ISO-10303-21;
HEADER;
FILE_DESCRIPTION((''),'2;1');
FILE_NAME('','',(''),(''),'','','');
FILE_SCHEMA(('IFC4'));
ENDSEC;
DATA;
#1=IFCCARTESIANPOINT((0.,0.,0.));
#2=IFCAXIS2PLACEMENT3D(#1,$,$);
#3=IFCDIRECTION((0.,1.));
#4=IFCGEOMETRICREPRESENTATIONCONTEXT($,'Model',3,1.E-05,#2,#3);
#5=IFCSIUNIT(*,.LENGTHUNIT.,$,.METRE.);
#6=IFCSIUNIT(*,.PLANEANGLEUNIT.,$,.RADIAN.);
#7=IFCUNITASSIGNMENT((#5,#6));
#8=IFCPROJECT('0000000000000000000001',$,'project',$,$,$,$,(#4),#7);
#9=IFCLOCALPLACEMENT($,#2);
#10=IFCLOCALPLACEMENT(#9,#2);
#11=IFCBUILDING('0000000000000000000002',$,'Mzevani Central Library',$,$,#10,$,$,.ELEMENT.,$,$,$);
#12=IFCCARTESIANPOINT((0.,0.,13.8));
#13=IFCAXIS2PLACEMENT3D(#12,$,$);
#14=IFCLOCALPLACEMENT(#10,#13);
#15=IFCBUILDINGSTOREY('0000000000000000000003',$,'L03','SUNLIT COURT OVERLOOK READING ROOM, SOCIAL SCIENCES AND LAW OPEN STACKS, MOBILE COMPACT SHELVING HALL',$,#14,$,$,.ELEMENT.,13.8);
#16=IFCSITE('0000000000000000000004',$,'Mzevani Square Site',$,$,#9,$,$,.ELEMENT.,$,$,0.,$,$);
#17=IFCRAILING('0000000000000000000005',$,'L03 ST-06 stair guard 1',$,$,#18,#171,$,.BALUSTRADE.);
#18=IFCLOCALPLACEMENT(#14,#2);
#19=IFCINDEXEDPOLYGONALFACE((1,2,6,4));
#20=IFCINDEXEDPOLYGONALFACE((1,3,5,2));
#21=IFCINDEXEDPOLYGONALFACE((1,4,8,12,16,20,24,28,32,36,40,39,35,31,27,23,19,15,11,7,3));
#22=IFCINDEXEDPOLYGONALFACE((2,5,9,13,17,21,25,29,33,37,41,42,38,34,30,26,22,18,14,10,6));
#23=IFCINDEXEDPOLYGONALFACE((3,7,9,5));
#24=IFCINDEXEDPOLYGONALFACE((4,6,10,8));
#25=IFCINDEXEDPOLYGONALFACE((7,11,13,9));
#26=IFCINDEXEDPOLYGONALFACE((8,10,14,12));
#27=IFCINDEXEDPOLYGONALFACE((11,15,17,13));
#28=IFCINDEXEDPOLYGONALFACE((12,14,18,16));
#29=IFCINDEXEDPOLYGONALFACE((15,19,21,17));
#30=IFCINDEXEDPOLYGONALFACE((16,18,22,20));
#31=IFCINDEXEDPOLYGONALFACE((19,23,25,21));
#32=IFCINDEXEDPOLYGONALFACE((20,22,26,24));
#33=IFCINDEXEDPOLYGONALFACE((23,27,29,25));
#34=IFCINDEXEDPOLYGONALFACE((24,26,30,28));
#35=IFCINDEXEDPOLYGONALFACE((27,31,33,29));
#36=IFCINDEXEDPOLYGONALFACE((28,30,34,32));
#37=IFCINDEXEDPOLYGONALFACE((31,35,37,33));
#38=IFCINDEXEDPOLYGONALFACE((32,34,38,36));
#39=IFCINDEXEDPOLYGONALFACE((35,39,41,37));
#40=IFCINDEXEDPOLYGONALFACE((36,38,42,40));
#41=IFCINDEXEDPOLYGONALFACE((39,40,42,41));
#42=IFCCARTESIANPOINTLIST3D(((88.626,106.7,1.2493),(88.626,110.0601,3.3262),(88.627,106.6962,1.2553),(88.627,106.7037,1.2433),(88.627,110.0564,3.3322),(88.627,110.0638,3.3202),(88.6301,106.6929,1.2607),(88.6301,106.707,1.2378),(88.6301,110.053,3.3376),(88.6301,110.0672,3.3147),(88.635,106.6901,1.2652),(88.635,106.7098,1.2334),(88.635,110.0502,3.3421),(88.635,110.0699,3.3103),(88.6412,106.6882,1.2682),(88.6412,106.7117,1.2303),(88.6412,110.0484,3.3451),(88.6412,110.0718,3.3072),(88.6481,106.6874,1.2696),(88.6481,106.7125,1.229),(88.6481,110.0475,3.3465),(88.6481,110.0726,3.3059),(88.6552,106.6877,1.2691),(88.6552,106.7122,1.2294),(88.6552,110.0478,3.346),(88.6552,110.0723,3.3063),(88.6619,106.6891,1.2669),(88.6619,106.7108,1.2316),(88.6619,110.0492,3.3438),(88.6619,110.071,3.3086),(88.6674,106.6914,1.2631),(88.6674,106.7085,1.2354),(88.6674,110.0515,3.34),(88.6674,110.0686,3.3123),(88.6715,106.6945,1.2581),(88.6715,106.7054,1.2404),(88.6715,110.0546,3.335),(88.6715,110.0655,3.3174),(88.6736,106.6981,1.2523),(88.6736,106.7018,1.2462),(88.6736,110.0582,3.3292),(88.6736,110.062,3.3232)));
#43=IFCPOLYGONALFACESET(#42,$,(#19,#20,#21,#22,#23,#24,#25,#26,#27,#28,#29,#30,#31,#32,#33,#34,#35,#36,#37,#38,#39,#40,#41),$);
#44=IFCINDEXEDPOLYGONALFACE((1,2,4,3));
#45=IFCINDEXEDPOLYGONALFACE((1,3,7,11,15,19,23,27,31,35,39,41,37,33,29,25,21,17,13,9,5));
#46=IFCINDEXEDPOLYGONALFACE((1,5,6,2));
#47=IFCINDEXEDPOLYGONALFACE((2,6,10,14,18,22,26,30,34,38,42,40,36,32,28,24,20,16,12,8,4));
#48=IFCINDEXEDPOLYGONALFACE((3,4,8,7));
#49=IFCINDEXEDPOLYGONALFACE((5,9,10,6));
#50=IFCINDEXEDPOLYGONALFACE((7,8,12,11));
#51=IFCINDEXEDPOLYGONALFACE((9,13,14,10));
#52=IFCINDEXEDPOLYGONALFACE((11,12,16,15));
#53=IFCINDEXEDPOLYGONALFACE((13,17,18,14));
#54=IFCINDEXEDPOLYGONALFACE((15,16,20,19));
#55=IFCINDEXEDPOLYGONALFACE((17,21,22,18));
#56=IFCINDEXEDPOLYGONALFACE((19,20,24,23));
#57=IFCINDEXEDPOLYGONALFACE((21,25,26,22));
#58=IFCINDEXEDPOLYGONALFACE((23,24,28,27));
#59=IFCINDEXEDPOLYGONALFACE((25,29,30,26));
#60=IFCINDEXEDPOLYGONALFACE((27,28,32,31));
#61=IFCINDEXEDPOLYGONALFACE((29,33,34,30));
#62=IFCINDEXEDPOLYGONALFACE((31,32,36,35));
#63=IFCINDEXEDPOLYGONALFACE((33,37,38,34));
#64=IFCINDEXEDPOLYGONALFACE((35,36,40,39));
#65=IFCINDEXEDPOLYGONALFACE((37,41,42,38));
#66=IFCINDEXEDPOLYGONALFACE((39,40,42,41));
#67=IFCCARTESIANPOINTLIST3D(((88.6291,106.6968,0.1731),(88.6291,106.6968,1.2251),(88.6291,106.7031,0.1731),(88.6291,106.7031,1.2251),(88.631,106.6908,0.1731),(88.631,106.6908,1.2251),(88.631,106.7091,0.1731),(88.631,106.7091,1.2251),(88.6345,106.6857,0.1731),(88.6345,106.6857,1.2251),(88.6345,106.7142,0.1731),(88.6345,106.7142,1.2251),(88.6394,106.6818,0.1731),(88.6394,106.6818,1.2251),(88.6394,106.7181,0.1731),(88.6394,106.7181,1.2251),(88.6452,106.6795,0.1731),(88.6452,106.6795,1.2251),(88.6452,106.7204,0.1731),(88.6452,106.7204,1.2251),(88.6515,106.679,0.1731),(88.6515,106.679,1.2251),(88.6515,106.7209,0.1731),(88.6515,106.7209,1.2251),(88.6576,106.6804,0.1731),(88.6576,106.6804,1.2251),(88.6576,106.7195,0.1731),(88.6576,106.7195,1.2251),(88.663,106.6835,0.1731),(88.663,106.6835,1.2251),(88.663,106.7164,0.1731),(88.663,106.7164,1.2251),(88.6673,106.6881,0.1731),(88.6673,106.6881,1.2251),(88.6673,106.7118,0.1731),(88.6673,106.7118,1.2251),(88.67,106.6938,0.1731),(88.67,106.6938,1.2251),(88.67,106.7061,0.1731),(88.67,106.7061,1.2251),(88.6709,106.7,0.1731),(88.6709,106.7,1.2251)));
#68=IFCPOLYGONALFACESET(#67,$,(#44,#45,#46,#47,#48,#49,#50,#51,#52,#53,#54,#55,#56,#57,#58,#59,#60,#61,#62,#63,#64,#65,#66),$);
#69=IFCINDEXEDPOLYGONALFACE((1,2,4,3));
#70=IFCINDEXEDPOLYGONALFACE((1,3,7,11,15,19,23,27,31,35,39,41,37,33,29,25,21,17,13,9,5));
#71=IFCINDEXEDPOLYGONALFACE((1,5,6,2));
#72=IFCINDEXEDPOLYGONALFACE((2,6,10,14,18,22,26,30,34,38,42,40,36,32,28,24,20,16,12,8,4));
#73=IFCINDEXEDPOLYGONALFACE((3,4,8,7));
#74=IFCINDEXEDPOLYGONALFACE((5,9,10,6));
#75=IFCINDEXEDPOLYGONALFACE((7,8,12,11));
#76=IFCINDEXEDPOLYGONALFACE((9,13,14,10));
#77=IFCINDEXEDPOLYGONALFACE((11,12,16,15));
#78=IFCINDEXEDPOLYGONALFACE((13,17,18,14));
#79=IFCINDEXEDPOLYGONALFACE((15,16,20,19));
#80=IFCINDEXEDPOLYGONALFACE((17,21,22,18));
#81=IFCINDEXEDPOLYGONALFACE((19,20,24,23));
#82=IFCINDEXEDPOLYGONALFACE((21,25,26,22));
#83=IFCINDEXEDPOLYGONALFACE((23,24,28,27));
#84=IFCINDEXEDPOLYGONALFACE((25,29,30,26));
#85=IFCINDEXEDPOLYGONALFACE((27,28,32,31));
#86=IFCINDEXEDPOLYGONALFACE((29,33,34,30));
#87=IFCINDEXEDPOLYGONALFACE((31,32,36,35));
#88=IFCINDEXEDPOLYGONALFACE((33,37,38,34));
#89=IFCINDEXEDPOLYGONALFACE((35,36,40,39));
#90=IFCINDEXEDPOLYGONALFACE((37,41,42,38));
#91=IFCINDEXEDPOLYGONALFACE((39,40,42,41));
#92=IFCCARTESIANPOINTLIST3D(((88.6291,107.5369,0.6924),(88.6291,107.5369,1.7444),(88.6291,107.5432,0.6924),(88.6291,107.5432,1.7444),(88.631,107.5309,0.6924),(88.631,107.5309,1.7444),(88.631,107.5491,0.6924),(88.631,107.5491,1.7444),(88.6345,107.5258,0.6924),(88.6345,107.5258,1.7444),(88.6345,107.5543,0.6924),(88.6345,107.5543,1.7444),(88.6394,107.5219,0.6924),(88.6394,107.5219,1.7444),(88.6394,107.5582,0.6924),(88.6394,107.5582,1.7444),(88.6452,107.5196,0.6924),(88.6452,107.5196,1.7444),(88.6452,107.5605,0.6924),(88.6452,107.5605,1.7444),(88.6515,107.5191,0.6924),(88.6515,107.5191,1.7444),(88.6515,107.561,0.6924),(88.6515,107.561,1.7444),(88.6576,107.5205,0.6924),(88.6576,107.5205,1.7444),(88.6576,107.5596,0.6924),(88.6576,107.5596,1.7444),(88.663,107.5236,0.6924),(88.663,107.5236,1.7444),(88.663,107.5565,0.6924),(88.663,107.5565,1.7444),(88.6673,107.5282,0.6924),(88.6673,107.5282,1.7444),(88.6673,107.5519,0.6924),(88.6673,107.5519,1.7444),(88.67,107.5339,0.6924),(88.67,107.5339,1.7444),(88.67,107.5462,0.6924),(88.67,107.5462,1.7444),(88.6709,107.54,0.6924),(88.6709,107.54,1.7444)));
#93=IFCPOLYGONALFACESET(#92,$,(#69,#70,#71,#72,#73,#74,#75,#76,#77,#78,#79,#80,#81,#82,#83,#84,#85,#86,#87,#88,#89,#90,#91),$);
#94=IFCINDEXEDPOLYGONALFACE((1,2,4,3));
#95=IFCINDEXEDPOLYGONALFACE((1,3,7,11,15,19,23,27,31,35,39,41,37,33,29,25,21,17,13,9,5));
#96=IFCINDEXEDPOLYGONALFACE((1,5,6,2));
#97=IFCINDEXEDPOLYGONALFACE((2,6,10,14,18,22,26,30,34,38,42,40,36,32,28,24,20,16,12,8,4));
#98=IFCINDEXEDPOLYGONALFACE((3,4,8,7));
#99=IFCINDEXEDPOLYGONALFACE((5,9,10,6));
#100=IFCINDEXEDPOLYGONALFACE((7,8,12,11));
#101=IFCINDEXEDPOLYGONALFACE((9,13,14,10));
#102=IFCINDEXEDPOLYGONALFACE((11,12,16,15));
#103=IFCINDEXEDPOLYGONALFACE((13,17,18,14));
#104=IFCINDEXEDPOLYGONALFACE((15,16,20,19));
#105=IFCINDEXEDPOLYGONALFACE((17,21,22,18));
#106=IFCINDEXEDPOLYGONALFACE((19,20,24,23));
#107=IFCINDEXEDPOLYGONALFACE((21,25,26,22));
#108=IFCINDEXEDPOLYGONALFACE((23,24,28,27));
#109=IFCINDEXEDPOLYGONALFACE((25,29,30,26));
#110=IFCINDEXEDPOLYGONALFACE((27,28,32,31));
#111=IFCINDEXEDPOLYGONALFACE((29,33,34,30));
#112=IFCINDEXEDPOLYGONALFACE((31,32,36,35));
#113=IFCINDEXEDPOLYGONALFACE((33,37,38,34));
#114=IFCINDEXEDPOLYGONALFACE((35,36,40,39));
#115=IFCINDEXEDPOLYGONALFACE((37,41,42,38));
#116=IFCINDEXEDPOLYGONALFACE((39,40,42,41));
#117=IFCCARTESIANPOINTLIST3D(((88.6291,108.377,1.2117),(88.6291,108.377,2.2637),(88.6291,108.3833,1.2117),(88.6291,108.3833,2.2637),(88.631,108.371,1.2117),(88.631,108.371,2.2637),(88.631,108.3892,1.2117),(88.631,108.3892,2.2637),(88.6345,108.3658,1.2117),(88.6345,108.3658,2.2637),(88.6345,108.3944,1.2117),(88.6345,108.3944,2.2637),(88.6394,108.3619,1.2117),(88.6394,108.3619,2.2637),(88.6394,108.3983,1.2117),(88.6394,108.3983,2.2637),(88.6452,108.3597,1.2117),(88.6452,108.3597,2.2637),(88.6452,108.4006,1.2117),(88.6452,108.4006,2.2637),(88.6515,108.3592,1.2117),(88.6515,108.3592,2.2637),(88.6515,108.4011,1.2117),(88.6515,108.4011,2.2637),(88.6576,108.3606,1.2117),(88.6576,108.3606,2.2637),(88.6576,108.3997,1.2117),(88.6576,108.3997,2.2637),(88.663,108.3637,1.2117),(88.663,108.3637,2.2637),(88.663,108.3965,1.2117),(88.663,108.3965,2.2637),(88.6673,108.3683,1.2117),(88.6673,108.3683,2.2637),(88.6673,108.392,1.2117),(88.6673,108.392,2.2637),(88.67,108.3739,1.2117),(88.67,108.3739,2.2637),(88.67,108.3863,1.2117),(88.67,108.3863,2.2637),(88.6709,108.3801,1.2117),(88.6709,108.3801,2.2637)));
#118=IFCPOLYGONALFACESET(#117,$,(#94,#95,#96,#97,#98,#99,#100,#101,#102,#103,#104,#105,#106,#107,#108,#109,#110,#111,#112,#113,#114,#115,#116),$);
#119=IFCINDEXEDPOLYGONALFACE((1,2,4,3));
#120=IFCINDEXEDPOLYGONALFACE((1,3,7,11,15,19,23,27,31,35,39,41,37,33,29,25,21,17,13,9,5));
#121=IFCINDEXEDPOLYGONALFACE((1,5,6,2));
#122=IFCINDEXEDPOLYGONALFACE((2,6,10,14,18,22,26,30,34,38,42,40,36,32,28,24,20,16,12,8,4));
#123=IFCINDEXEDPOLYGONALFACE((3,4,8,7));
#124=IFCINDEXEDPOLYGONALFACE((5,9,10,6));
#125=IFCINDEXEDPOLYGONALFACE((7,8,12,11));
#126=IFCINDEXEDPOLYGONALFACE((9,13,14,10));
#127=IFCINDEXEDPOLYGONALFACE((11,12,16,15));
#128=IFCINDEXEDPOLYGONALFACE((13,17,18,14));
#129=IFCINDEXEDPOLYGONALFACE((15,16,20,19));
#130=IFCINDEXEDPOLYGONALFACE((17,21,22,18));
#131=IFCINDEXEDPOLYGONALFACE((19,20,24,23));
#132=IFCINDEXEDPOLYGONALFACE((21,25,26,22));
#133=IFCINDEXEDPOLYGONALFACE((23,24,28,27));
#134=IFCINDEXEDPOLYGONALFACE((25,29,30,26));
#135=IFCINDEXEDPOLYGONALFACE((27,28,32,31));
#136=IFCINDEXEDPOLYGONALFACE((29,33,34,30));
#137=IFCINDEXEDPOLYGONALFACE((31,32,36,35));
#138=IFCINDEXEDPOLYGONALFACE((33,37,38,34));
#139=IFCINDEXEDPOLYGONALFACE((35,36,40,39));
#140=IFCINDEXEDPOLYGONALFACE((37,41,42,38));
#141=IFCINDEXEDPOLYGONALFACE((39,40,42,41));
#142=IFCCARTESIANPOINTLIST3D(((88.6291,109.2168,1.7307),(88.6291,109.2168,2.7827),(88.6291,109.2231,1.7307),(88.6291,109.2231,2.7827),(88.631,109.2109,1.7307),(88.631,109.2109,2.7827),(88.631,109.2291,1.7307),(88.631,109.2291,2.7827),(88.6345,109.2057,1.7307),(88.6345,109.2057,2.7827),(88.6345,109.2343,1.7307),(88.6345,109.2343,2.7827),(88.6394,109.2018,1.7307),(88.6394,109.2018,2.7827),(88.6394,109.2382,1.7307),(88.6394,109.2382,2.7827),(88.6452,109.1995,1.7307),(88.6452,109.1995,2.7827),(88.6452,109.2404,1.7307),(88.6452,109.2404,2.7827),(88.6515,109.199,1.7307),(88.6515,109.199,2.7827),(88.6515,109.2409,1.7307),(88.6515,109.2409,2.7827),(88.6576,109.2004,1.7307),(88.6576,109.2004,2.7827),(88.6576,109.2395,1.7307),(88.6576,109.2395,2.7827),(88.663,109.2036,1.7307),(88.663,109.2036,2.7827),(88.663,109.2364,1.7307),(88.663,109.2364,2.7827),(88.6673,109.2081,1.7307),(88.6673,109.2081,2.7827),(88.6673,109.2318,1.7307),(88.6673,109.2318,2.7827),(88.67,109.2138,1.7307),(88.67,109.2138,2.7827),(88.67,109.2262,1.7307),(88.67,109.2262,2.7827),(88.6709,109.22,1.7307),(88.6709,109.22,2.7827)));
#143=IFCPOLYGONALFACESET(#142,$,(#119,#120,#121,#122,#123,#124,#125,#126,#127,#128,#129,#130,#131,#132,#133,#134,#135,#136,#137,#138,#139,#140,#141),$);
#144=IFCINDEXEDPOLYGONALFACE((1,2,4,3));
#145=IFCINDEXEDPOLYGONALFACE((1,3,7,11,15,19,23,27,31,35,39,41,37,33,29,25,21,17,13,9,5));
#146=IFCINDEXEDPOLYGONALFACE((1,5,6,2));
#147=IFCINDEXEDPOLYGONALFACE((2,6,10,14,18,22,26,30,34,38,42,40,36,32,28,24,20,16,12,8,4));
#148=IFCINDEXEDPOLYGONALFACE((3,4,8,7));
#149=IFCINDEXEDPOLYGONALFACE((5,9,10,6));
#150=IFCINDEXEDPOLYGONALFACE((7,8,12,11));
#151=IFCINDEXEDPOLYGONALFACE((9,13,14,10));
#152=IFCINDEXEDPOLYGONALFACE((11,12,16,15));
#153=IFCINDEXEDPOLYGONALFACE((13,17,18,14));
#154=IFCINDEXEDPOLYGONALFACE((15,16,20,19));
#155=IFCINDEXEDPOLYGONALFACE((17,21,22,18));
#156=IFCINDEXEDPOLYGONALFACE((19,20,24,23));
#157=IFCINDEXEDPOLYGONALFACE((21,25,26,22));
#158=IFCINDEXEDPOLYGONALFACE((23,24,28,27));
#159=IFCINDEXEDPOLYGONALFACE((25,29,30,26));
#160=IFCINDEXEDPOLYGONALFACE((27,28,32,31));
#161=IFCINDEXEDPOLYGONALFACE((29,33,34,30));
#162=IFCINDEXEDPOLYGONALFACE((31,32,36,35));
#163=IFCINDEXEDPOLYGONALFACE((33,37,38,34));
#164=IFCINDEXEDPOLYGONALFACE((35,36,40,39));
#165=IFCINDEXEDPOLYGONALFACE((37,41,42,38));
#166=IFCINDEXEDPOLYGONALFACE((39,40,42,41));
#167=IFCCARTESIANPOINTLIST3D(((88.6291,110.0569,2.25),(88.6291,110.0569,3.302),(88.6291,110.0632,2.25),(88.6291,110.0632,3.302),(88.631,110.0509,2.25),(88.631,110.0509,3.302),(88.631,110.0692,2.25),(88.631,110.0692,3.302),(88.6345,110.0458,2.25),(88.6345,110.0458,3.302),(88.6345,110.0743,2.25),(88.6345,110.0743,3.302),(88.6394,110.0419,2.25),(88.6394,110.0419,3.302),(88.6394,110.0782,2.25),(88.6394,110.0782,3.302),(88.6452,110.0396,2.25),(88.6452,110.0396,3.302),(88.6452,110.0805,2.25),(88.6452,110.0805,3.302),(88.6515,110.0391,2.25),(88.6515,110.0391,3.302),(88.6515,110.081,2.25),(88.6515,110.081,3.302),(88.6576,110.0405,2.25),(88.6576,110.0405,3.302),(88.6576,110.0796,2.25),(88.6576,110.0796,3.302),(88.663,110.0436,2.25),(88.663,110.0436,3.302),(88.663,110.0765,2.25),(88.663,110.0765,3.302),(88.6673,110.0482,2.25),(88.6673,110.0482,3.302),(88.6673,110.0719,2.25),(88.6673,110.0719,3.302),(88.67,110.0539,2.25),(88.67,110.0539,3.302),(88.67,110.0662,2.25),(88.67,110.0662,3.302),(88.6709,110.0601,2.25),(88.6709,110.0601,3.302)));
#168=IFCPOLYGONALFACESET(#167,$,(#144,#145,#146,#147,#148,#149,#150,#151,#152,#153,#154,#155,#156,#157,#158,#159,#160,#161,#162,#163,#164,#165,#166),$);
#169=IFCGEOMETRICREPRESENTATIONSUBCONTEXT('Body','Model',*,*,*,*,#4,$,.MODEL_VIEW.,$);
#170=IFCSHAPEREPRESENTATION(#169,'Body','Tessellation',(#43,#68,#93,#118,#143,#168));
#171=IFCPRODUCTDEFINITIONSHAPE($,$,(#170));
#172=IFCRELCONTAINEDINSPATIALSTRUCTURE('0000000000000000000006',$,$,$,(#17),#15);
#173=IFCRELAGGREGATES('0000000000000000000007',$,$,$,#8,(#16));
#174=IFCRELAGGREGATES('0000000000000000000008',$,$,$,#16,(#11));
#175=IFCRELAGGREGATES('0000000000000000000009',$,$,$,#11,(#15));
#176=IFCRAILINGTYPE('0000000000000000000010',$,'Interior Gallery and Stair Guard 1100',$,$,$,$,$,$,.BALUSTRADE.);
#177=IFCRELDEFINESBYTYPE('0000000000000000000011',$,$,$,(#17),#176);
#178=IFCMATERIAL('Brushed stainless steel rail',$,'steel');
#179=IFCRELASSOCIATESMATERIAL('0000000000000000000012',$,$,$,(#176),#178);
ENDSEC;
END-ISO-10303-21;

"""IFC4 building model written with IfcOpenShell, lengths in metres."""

from ifc_helpers import new_model, si_unit, direction, frame, origin, origin_2d, place, context, subcontext, project, spatial, circle, extrude, material, type_object, element, save


model = new_model("IFC4")

# Units and contexts
model_context = context("Model", 3, precision=1e-05, world=origin(), true_north=direction((0.0, 1.0)))
body_context = subcontext(model_context, "Body", "Model", "MODEL_VIEW")
ifc_project = project(units=[si_unit("LENGTHUNIT", "METRE"), si_unit("PLANEANGLEUNIT", "RADIAN")], contexts=[model_context])

# Site, building, storey
site_placement = place(None, origin())
site = spatial("IfcSite", under=ifc_project, at=site_placement, Name="Mzevani Square Site", CompositionType="ELEMENT", RefElevation=0.0)
building_placement = place(site_placement, origin())
building = spatial("IfcBuilding", under=site, at=building_placement, Name="Mzevani Central Library", CompositionType="ELEMENT")
storey_placement = place(building_placement, frame((0.0, 0.0, 13.8)))
storey = spatial("IfcBuildingStorey", under=building, at=storey_placement, Name="L03", Description="SUNLIT COURT OVERLOOK READING ROOM, SOCIAL SCIENCES AND LAW OPEN STACKS, MOBILE COMPACT SHELVING HALL", CompositionType="ELEMENT", Elevation=13.8)

# Railing
ifc_material_1 = material(Name="Brushed stainless steel rail", Category="steel")
railing_type_1 = type_object("IfcRailingType", Name="Interior Gallery and Stair Guard 1100", PredefinedType="BALUSTRADE", material=ifc_material_1)
railing_1_placement = place(storey_placement, frame((88.6499, 106.7, 0.1731)))
element("IfcRailing", 1, at=railing_1_placement, inside=storey, type_object=railing_type_1, Name="L03 ST-06 stair guard 1", PredefinedType="BALUSTRADE", context=body_context, shape_type="SweptSolid", body=[
    extrude(circle(Radius=0.0239, at=origin_2d()), frame((0.0, 0.0, 1.0762), z_axis=(0.0, 0.850623, 0.525776), x_axis=(-1.0, 0.0, 0.0)), (0.0, 0.0, 1.0), 3.9502),
    extrude(circle(Radius=0.021, at=origin_2d()), origin(), (0.0, 0.0, 1.0), 1.052),
    extrude(circle(Radius=0.021, at=origin_2d()), frame((0.0, 0.8401, 0.5193)), (0.0, 0.0, 1.0), 1.052),
    extrude(circle(Radius=0.021, at=origin_2d()), frame((0.0, 1.6802, 1.0386)), (0.0, 0.0, 1.0), 1.052),
    extrude(circle(Radius=0.021, at=origin_2d()), frame((0.0, 2.52, 1.5576)), (0.0, 0.0, 1.0), 1.052),
    extrude(circle(Radius=0.021, at=origin_2d()), frame((0.0, 3.3601, 2.0769)), (0.0, 0.0, 1.0), 1.052),
])

save(model, "model.ifc")
